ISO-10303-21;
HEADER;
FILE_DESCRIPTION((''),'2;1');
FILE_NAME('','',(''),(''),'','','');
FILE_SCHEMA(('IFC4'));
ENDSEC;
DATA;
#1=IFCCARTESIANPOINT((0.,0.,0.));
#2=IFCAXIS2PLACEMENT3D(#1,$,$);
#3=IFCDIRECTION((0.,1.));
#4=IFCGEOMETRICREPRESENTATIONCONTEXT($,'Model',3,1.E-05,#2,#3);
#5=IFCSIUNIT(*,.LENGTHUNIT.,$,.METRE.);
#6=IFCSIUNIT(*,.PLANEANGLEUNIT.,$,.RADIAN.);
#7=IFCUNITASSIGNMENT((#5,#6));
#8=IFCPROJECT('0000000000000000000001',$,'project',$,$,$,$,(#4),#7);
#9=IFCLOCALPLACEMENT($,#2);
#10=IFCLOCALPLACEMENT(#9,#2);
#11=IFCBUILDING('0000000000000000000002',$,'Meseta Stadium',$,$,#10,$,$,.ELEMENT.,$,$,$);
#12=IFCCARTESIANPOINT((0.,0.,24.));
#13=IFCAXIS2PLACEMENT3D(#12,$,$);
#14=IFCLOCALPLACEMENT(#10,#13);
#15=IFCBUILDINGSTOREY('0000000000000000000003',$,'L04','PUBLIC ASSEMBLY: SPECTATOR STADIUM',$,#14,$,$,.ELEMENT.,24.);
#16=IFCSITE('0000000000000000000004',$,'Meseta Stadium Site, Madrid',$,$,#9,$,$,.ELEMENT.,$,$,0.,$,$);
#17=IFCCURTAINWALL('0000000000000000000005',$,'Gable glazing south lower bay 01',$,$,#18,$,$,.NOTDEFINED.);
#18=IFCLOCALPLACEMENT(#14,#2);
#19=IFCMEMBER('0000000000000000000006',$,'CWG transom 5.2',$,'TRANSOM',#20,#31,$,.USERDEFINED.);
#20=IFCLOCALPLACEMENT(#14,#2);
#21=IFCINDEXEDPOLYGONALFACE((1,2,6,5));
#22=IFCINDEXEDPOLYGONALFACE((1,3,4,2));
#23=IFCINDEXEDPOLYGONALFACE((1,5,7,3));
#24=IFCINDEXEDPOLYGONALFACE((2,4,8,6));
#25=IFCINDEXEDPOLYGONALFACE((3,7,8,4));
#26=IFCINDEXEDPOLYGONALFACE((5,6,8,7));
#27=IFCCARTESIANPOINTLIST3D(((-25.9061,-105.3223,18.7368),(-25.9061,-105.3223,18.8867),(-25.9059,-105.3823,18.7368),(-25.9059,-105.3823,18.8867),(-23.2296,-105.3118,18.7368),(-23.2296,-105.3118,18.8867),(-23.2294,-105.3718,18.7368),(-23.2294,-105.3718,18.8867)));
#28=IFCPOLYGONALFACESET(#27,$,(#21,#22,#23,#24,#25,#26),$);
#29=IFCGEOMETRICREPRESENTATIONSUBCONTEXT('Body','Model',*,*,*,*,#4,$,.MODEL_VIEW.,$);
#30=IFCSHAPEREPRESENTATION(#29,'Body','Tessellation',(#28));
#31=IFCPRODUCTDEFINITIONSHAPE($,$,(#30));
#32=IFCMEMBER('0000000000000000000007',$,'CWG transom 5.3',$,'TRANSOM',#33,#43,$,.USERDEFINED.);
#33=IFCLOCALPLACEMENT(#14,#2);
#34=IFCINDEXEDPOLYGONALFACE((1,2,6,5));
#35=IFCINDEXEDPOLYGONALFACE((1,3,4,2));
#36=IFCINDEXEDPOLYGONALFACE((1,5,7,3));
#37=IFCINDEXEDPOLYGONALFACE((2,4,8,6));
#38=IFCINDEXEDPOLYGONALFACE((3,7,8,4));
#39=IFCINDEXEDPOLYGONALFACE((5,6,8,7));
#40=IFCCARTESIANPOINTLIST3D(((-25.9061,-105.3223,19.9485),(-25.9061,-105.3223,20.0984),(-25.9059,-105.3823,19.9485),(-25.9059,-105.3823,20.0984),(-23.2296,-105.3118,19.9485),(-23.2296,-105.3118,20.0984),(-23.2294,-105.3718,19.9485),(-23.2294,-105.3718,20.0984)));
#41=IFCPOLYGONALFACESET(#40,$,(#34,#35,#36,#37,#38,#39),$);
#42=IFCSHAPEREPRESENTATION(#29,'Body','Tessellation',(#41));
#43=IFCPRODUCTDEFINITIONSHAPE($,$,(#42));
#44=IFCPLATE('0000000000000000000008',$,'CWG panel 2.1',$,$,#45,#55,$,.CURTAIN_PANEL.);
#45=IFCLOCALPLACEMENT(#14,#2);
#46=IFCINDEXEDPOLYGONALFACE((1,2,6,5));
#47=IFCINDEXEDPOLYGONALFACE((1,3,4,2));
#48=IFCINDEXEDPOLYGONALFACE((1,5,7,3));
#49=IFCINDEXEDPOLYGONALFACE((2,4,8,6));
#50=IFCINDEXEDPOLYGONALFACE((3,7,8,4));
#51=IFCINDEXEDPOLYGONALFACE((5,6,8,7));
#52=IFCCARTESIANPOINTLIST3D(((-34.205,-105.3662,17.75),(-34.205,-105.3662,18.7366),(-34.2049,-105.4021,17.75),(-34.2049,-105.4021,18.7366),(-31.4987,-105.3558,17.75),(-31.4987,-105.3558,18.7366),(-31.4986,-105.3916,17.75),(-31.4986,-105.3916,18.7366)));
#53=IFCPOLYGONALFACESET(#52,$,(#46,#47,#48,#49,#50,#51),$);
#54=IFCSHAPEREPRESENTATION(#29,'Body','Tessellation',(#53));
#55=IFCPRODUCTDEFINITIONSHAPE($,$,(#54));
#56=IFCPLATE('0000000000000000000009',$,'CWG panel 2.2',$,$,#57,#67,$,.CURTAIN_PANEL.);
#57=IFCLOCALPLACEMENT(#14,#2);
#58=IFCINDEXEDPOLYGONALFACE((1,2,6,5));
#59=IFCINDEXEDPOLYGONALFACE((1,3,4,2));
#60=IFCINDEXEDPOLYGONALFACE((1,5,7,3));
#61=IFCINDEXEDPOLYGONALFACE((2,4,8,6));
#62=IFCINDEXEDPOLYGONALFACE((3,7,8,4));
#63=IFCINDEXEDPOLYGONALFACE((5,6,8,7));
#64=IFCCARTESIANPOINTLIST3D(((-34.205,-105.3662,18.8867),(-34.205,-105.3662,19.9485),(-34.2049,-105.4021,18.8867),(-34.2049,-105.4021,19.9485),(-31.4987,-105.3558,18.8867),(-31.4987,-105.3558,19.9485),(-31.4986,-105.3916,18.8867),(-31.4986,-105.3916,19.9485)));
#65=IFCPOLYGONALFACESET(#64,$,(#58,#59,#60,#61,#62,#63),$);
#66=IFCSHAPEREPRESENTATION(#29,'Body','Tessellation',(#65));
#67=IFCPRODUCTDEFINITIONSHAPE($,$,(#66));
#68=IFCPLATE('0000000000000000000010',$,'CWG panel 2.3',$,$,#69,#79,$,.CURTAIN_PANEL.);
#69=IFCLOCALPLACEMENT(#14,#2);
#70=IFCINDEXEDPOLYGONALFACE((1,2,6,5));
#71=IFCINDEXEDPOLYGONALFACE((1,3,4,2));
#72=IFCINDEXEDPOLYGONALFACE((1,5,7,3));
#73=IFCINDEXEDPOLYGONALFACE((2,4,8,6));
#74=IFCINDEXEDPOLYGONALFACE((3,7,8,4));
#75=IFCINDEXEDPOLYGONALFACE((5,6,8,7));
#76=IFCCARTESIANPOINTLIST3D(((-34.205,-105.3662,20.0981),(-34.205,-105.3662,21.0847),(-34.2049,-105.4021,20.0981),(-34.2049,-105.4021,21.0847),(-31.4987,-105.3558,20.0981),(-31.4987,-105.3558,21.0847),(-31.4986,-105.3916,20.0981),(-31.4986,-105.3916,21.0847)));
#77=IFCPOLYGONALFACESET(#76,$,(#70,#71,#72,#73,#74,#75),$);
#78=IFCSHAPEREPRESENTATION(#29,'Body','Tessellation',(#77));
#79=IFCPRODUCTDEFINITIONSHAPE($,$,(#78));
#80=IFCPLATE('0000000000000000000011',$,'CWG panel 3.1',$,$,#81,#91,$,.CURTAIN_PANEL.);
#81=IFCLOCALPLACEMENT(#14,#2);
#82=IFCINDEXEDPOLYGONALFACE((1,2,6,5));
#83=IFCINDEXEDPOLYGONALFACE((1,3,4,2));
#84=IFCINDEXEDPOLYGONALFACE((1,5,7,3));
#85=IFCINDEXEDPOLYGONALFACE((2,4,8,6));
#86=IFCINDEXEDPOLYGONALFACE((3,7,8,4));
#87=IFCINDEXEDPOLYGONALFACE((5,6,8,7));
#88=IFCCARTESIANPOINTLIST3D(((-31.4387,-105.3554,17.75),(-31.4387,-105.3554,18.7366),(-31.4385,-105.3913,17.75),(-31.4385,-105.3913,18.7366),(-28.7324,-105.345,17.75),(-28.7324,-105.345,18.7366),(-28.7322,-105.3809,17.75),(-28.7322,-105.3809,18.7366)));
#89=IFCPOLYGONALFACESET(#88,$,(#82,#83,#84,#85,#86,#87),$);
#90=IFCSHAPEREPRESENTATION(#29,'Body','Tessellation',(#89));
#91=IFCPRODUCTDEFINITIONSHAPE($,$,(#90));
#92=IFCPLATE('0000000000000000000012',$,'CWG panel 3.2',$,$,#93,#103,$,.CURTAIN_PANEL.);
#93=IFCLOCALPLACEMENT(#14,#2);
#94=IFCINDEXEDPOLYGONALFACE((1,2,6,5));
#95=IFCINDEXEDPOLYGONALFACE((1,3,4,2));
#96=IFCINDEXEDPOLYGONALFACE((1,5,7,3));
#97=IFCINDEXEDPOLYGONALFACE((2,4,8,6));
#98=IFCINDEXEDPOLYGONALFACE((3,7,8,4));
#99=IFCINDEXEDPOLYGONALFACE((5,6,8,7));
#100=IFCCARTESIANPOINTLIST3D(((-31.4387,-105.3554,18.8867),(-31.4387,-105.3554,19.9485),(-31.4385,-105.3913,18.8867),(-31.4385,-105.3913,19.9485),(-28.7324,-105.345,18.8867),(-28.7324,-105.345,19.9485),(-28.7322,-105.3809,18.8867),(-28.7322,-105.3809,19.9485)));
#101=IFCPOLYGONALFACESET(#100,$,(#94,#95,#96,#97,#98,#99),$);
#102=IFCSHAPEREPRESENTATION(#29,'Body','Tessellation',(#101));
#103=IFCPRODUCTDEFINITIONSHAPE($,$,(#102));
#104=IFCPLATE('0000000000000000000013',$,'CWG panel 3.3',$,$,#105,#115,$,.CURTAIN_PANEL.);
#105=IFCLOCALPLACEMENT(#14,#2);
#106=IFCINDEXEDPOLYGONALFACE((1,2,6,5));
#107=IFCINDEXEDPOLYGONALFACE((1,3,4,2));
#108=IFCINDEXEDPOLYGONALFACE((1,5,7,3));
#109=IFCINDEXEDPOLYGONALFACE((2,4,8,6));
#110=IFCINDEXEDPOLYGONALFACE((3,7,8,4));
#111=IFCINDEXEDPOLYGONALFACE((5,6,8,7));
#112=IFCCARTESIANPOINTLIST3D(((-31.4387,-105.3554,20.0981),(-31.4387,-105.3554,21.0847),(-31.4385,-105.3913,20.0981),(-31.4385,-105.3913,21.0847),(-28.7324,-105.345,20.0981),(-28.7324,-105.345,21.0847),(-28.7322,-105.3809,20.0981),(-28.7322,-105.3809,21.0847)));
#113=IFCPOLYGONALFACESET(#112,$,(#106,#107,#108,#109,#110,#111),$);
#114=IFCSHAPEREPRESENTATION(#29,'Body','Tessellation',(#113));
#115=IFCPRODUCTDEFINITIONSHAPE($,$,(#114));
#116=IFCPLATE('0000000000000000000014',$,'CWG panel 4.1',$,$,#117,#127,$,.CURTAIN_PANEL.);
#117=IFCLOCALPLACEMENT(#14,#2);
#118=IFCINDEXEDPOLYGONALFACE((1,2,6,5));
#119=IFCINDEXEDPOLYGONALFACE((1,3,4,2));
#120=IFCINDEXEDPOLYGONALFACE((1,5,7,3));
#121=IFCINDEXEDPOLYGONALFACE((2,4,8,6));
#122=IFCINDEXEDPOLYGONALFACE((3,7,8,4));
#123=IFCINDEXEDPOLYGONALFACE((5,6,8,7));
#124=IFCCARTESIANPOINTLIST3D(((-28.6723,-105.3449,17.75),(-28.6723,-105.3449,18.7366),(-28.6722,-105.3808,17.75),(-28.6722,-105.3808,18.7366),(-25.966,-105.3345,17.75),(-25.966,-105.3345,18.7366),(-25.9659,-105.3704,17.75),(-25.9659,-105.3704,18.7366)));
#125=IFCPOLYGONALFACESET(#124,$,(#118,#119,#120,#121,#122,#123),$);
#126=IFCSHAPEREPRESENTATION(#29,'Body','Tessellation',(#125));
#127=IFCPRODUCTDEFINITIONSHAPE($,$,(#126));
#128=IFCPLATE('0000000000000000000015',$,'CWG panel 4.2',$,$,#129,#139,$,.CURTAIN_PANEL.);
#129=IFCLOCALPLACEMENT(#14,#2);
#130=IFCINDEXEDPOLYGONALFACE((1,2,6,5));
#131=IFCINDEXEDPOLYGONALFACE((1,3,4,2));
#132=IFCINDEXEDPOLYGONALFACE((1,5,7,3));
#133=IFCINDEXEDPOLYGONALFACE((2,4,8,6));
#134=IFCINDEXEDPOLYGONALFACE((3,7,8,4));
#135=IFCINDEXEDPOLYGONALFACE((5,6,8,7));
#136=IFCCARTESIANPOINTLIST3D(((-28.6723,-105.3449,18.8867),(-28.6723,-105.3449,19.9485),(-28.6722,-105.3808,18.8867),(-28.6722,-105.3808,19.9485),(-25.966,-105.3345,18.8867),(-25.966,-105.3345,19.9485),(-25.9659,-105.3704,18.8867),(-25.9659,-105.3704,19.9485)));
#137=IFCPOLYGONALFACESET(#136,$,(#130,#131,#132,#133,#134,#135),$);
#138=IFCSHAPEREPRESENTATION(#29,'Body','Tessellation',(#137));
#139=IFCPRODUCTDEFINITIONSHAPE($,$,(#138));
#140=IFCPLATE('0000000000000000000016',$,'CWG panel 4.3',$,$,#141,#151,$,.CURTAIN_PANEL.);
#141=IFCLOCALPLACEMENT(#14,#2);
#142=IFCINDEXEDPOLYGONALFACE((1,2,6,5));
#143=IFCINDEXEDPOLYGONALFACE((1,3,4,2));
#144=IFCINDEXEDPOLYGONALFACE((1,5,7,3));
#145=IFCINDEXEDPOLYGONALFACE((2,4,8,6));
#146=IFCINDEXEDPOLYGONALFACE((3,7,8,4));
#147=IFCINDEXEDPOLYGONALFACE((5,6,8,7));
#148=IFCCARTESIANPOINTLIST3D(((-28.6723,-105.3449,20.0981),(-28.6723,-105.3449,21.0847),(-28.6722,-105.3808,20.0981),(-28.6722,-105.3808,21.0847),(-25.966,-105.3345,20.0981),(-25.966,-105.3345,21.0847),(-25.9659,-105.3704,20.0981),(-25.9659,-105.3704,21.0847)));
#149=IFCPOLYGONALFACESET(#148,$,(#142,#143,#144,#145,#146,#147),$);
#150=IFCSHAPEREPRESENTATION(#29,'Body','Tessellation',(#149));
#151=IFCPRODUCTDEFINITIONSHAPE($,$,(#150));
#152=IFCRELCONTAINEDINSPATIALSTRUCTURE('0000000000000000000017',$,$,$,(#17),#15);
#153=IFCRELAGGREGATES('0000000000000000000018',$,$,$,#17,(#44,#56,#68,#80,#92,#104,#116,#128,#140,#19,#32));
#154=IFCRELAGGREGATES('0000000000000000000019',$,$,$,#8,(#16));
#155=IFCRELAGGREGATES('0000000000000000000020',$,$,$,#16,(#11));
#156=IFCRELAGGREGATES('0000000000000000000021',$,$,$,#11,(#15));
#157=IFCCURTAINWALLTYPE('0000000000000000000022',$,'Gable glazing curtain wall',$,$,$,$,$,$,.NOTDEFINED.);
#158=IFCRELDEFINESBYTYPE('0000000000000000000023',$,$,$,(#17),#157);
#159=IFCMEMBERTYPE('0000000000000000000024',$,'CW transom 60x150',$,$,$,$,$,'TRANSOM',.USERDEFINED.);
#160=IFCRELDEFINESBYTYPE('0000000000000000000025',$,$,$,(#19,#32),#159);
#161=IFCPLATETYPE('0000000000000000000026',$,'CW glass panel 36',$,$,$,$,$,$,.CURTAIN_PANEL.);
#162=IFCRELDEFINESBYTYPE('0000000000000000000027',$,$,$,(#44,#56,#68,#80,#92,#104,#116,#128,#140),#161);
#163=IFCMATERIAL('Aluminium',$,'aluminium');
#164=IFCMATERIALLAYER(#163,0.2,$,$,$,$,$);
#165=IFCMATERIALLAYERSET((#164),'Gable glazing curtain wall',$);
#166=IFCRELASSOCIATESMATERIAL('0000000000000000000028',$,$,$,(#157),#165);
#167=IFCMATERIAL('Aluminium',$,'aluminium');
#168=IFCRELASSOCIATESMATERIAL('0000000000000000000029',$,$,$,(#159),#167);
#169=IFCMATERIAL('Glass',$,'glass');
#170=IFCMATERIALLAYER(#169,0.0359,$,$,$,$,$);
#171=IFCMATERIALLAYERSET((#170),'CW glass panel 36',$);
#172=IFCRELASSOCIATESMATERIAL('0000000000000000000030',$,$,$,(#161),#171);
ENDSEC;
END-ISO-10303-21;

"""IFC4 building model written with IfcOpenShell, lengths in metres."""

from ifc_helpers import new_model, si_unit, direction, frame, origin, origin_2d, place, context, subcontext, project, spatial, rectangle, extrude, material, layer, layer_set, material_profile, profile_set, type_object, element, aggregate, save


model = new_model("IFC4")

# Units and contexts
model_context = context("Model", 3, precision=1e-05, world=origin(), true_north=direction((0.0, 1.0)))
body_context = subcontext(model_context, "Body", "Model", "MODEL_VIEW")
ifc_project = project(units=[si_unit("LENGTHUNIT", "METRE"), si_unit("PLANEANGLEUNIT", "RADIAN")], contexts=[model_context])

# Site, building, storey
site_placement = place(None, origin())
site = spatial("IfcSite", under=ifc_project, at=site_placement, Name="Meseta Stadium Site, Madrid", CompositionType="ELEMENT", RefElevation=0.0)
building_placement = place(site_placement, origin())
building = spatial("IfcBuilding", under=site, at=building_placement, Name="Meseta Stadium", CompositionType="ELEMENT")
storey_placement = place(building_placement, frame((0.0, 0.0, 24.0)))
storey = spatial("IfcBuildingStorey", under=building, at=storey_placement, Name="L04", Description="PUBLIC ASSEMBLY: SPECTATOR STADIUM", CompositionType="ELEMENT", Elevation=24.0)

# Curtain wall, members, plates
ifc_material_1 = material(Name="Aluminium", Category="aluminium")
ifc_layer_1 = layer(ifc_material_1, 0.2)
ifc_layer_set_1 = layer_set([ifc_layer_1], Name="Gable glazing curtain wall")
curtain_wall_type = type_object("IfcCurtainWallType", Name="Gable glazing curtain wall", PredefinedType="NOTDEFINED", material=ifc_layer_set_1)
curtain_wall_placement = place(storey_placement, origin())
curtain_wall = element("IfcCurtainWall", 1, at=curtain_wall_placement, inside=storey, type_object=curtain_wall_type, Name="Gable glazing south lower bay 01", PredefinedType="NOTDEFINED")
ifc_material_2 = material(Name="Aluminium", Category="aluminium")
ifc_material_profile_1 = material_profile(ifc_material_2, rectangle(XDim=0.0601, YDim=0.1499, at=origin_2d()), Name="CW 60x150")
ifc_profile_set_1 = profile_set([ifc_material_profile_1], Name="Aluminium")
member_type_1 = type_object("IfcMemberType", Name="CW transom 60x150", ElementType="TRANSOM", PredefinedType="USERDEFINED", material=ifc_profile_set_1)
member_1_placement = place(storey_placement, frame((-25.906, -105.3523, 18.8118), z_axis=(0.999992, 0.003922, 0.0), x_axis=(-0.003922, 0.999992, 0.0)))
member_1 = element("IfcMember", 2, at=member_1_placement, type_object=member_type_1, Name="CWG transom 5.2", ObjectType="TRANSOM", PredefinedType="USERDEFINED", context=body_context, shape_type="SweptSolid", body=[
    extrude(rectangle(XDim=0.0601, YDim=0.1499, at=origin_2d()), origin(), (0.0, 0.0, 1.0), 2.6765),
])
member_2_placement = place(storey_placement, frame((-25.906, -105.3523, 20.0234), z_axis=(0.999992, 0.003922, 0.0), x_axis=(-0.003922, 0.999992, 0.0)))
member_2 = element("IfcMember", 3, at=member_2_placement, type_object=member_type_1, Name="CWG transom 5.3", ObjectType="TRANSOM", PredefinedType="USERDEFINED", context=body_context, shape_type="SweptSolid", body=[
    extrude(rectangle(XDim=0.0601, YDim=0.1499, at=origin_2d()), origin(), (0.0, 0.0, 1.0), 2.6765),
])
ifc_material_3 = material(Name="Glass", Category="glass")
ifc_layer_2 = layer(ifc_material_3, 0.0359)
ifc_layer_set_2 = layer_set([ifc_layer_2], Name="CW glass panel 36")
plate_type = type_object("IfcPlateType", Name="CW glass panel 36", PredefinedType="CURTAIN_PANEL", material=ifc_layer_set_2)
plate_1_placement = place(storey_placement, frame((-32.8518, -105.3789, 17.75), z_axis=(0.0, 0.0, 1.0), x_axis=(0.999993, 0.003848, 0.0)))
plate_1 = element("IfcPlate", 4, at=plate_1_placement, type_object=plate_type, Name="CWG panel 2.1", PredefinedType="CURTAIN_PANEL", context=body_context, shape_type="SweptSolid", body=[
    extrude(rectangle(XDim=2.7063, YDim=0.0359, at=origin_2d()), origin(), (0.0, 0.0, 1.0), 0.9866),
])
plate_2_placement = place(storey_placement, frame((-32.8518, -105.3789, 18.8867), z_axis=(0.0, 0.0, 1.0), x_axis=(0.999993, 0.003848, 0.0)))
plate_2 = element("IfcPlate", 5, at=plate_2_placement, type_object=plate_type, Name="CWG panel 2.2", PredefinedType="CURTAIN_PANEL", context=body_context, shape_type="SweptSolid", body=[
    extrude(rectangle(XDim=2.7063, YDim=0.0359, at=origin_2d()), origin(), (0.0, 0.0, 1.0), 1.0618),
])
plate_3_placement = place(storey_placement, frame((-32.8518, -105.3789, 20.0981), z_axis=(0.0, 0.0, 1.0), x_axis=(0.999993, 0.003848, 0.0)))
plate_3 = element("IfcPlate", 6, at=plate_3_placement, type_object=plate_type, Name="CWG panel 2.3", PredefinedType="CURTAIN_PANEL", context=body_context, shape_type="SweptSolid", body=[
    extrude(rectangle(XDim=2.7063, YDim=0.0359, at=origin_2d()), origin(), (0.0, 0.0, 1.0), 0.9866),
])
plate_4_placement = place(storey_placement, frame((-30.0854, -105.3682, 17.75), z_axis=(0.0, 0.0, 1.0), x_axis=(0.999993, 0.003848, 0.0)))
plate_4 = element("IfcPlate", 7, at=plate_4_placement, type_object=plate_type, Name="CWG panel 3.1", PredefinedType="CURTAIN_PANEL", context=body_context, shape_type="SweptSolid", body=[
    extrude(rectangle(XDim=2.7063, YDim=0.0359, at=origin_2d()), origin(), (0.0, 0.0, 1.0), 0.9866),
])
plate_5_placement = place(storey_placement, frame((-30.0854, -105.3682, 18.8867), z_axis=(0.0, 0.0, 1.0), x_axis=(0.999993, 0.003848, 0.0)))
plate_5 = element("IfcPlate", 8, at=plate_5_placement, type_object=plate_type, Name="CWG panel 3.2", PredefinedType="CURTAIN_PANEL", context=body_context, shape_type="SweptSolid", body=[
    extrude(rectangle(XDim=2.7063, YDim=0.0359, at=origin_2d()), origin(), (0.0, 0.0, 1.0), 1.0618),
])
plate_6_placement = place(storey_placement, frame((-30.0854, -105.3682, 20.0981), z_axis=(0.0, 0.0, 1.0), x_axis=(0.999993, 0.003848, 0.0)))
plate_6 = element("IfcPlate", 9, at=plate_6_placement, type_object=plate_type, Name="CWG panel 3.3", PredefinedType="CURTAIN_PANEL", context=body_context, shape_type="SweptSolid", body=[
    extrude(rectangle(XDim=2.7063, YDim=0.0359, at=origin_2d()), origin(), (0.0, 0.0, 1.0), 0.9866),
])
plate_7_placement = place(storey_placement, frame((-27.3191, -105.3577, 17.75), z_axis=(0.0, 0.0, 1.0), x_axis=(0.999993, 0.003848, 0.0)))
plate_7 = element("IfcPlate", 10, at=plate_7_placement, type_object=plate_type, Name="CWG panel 4.1", PredefinedType="CURTAIN_PANEL", context=body_context, shape_type="SweptSolid", body=[
    extrude(rectangle(XDim=2.7063, YDim=0.0359, at=origin_2d()), origin(), (0.0, 0.0, 1.0), 0.9866),
])
plate_8_placement = place(storey_placement, frame((-27.3191, -105.3577, 18.8867), z_axis=(0.0, 0.0, 1.0), x_axis=(0.999993, 0.003848, 0.0)))
plate_8 = element("IfcPlate", 11, at=plate_8_placement, type_object=plate_type, Name="CWG panel 4.2", PredefinedType="CURTAIN_PANEL", context=body_context, shape_type="SweptSolid", body=[
    extrude(rectangle(XDim=2.7063, YDim=0.0359, at=origin_2d()), origin(), (0.0, 0.0, 1.0), 1.0618),
])
plate_9_placement = place(storey_placement, frame((-27.3191, -105.3577, 20.0981), z_axis=(0.0, 0.0, 1.0), x_axis=(0.999993, 0.003848, 0.0)))
plate_9 = element("IfcPlate", 12, at=plate_9_placement, type_object=plate_type, Name="CWG panel 4.3", PredefinedType="CURTAIN_PANEL", context=body_context, shape_type="SweptSolid", body=[
    extrude(rectangle(XDim=2.7063, YDim=0.0359, at=origin_2d()), origin(), (0.0, 0.0, 1.0), 0.9866),
])
aggregate(curtain_wall, [plate_1, plate_2, plate_3, plate_4, plate_5, plate_6, plate_7, plate_8, plate_9, member_1, member_2])

save(model, "model.ifc")
